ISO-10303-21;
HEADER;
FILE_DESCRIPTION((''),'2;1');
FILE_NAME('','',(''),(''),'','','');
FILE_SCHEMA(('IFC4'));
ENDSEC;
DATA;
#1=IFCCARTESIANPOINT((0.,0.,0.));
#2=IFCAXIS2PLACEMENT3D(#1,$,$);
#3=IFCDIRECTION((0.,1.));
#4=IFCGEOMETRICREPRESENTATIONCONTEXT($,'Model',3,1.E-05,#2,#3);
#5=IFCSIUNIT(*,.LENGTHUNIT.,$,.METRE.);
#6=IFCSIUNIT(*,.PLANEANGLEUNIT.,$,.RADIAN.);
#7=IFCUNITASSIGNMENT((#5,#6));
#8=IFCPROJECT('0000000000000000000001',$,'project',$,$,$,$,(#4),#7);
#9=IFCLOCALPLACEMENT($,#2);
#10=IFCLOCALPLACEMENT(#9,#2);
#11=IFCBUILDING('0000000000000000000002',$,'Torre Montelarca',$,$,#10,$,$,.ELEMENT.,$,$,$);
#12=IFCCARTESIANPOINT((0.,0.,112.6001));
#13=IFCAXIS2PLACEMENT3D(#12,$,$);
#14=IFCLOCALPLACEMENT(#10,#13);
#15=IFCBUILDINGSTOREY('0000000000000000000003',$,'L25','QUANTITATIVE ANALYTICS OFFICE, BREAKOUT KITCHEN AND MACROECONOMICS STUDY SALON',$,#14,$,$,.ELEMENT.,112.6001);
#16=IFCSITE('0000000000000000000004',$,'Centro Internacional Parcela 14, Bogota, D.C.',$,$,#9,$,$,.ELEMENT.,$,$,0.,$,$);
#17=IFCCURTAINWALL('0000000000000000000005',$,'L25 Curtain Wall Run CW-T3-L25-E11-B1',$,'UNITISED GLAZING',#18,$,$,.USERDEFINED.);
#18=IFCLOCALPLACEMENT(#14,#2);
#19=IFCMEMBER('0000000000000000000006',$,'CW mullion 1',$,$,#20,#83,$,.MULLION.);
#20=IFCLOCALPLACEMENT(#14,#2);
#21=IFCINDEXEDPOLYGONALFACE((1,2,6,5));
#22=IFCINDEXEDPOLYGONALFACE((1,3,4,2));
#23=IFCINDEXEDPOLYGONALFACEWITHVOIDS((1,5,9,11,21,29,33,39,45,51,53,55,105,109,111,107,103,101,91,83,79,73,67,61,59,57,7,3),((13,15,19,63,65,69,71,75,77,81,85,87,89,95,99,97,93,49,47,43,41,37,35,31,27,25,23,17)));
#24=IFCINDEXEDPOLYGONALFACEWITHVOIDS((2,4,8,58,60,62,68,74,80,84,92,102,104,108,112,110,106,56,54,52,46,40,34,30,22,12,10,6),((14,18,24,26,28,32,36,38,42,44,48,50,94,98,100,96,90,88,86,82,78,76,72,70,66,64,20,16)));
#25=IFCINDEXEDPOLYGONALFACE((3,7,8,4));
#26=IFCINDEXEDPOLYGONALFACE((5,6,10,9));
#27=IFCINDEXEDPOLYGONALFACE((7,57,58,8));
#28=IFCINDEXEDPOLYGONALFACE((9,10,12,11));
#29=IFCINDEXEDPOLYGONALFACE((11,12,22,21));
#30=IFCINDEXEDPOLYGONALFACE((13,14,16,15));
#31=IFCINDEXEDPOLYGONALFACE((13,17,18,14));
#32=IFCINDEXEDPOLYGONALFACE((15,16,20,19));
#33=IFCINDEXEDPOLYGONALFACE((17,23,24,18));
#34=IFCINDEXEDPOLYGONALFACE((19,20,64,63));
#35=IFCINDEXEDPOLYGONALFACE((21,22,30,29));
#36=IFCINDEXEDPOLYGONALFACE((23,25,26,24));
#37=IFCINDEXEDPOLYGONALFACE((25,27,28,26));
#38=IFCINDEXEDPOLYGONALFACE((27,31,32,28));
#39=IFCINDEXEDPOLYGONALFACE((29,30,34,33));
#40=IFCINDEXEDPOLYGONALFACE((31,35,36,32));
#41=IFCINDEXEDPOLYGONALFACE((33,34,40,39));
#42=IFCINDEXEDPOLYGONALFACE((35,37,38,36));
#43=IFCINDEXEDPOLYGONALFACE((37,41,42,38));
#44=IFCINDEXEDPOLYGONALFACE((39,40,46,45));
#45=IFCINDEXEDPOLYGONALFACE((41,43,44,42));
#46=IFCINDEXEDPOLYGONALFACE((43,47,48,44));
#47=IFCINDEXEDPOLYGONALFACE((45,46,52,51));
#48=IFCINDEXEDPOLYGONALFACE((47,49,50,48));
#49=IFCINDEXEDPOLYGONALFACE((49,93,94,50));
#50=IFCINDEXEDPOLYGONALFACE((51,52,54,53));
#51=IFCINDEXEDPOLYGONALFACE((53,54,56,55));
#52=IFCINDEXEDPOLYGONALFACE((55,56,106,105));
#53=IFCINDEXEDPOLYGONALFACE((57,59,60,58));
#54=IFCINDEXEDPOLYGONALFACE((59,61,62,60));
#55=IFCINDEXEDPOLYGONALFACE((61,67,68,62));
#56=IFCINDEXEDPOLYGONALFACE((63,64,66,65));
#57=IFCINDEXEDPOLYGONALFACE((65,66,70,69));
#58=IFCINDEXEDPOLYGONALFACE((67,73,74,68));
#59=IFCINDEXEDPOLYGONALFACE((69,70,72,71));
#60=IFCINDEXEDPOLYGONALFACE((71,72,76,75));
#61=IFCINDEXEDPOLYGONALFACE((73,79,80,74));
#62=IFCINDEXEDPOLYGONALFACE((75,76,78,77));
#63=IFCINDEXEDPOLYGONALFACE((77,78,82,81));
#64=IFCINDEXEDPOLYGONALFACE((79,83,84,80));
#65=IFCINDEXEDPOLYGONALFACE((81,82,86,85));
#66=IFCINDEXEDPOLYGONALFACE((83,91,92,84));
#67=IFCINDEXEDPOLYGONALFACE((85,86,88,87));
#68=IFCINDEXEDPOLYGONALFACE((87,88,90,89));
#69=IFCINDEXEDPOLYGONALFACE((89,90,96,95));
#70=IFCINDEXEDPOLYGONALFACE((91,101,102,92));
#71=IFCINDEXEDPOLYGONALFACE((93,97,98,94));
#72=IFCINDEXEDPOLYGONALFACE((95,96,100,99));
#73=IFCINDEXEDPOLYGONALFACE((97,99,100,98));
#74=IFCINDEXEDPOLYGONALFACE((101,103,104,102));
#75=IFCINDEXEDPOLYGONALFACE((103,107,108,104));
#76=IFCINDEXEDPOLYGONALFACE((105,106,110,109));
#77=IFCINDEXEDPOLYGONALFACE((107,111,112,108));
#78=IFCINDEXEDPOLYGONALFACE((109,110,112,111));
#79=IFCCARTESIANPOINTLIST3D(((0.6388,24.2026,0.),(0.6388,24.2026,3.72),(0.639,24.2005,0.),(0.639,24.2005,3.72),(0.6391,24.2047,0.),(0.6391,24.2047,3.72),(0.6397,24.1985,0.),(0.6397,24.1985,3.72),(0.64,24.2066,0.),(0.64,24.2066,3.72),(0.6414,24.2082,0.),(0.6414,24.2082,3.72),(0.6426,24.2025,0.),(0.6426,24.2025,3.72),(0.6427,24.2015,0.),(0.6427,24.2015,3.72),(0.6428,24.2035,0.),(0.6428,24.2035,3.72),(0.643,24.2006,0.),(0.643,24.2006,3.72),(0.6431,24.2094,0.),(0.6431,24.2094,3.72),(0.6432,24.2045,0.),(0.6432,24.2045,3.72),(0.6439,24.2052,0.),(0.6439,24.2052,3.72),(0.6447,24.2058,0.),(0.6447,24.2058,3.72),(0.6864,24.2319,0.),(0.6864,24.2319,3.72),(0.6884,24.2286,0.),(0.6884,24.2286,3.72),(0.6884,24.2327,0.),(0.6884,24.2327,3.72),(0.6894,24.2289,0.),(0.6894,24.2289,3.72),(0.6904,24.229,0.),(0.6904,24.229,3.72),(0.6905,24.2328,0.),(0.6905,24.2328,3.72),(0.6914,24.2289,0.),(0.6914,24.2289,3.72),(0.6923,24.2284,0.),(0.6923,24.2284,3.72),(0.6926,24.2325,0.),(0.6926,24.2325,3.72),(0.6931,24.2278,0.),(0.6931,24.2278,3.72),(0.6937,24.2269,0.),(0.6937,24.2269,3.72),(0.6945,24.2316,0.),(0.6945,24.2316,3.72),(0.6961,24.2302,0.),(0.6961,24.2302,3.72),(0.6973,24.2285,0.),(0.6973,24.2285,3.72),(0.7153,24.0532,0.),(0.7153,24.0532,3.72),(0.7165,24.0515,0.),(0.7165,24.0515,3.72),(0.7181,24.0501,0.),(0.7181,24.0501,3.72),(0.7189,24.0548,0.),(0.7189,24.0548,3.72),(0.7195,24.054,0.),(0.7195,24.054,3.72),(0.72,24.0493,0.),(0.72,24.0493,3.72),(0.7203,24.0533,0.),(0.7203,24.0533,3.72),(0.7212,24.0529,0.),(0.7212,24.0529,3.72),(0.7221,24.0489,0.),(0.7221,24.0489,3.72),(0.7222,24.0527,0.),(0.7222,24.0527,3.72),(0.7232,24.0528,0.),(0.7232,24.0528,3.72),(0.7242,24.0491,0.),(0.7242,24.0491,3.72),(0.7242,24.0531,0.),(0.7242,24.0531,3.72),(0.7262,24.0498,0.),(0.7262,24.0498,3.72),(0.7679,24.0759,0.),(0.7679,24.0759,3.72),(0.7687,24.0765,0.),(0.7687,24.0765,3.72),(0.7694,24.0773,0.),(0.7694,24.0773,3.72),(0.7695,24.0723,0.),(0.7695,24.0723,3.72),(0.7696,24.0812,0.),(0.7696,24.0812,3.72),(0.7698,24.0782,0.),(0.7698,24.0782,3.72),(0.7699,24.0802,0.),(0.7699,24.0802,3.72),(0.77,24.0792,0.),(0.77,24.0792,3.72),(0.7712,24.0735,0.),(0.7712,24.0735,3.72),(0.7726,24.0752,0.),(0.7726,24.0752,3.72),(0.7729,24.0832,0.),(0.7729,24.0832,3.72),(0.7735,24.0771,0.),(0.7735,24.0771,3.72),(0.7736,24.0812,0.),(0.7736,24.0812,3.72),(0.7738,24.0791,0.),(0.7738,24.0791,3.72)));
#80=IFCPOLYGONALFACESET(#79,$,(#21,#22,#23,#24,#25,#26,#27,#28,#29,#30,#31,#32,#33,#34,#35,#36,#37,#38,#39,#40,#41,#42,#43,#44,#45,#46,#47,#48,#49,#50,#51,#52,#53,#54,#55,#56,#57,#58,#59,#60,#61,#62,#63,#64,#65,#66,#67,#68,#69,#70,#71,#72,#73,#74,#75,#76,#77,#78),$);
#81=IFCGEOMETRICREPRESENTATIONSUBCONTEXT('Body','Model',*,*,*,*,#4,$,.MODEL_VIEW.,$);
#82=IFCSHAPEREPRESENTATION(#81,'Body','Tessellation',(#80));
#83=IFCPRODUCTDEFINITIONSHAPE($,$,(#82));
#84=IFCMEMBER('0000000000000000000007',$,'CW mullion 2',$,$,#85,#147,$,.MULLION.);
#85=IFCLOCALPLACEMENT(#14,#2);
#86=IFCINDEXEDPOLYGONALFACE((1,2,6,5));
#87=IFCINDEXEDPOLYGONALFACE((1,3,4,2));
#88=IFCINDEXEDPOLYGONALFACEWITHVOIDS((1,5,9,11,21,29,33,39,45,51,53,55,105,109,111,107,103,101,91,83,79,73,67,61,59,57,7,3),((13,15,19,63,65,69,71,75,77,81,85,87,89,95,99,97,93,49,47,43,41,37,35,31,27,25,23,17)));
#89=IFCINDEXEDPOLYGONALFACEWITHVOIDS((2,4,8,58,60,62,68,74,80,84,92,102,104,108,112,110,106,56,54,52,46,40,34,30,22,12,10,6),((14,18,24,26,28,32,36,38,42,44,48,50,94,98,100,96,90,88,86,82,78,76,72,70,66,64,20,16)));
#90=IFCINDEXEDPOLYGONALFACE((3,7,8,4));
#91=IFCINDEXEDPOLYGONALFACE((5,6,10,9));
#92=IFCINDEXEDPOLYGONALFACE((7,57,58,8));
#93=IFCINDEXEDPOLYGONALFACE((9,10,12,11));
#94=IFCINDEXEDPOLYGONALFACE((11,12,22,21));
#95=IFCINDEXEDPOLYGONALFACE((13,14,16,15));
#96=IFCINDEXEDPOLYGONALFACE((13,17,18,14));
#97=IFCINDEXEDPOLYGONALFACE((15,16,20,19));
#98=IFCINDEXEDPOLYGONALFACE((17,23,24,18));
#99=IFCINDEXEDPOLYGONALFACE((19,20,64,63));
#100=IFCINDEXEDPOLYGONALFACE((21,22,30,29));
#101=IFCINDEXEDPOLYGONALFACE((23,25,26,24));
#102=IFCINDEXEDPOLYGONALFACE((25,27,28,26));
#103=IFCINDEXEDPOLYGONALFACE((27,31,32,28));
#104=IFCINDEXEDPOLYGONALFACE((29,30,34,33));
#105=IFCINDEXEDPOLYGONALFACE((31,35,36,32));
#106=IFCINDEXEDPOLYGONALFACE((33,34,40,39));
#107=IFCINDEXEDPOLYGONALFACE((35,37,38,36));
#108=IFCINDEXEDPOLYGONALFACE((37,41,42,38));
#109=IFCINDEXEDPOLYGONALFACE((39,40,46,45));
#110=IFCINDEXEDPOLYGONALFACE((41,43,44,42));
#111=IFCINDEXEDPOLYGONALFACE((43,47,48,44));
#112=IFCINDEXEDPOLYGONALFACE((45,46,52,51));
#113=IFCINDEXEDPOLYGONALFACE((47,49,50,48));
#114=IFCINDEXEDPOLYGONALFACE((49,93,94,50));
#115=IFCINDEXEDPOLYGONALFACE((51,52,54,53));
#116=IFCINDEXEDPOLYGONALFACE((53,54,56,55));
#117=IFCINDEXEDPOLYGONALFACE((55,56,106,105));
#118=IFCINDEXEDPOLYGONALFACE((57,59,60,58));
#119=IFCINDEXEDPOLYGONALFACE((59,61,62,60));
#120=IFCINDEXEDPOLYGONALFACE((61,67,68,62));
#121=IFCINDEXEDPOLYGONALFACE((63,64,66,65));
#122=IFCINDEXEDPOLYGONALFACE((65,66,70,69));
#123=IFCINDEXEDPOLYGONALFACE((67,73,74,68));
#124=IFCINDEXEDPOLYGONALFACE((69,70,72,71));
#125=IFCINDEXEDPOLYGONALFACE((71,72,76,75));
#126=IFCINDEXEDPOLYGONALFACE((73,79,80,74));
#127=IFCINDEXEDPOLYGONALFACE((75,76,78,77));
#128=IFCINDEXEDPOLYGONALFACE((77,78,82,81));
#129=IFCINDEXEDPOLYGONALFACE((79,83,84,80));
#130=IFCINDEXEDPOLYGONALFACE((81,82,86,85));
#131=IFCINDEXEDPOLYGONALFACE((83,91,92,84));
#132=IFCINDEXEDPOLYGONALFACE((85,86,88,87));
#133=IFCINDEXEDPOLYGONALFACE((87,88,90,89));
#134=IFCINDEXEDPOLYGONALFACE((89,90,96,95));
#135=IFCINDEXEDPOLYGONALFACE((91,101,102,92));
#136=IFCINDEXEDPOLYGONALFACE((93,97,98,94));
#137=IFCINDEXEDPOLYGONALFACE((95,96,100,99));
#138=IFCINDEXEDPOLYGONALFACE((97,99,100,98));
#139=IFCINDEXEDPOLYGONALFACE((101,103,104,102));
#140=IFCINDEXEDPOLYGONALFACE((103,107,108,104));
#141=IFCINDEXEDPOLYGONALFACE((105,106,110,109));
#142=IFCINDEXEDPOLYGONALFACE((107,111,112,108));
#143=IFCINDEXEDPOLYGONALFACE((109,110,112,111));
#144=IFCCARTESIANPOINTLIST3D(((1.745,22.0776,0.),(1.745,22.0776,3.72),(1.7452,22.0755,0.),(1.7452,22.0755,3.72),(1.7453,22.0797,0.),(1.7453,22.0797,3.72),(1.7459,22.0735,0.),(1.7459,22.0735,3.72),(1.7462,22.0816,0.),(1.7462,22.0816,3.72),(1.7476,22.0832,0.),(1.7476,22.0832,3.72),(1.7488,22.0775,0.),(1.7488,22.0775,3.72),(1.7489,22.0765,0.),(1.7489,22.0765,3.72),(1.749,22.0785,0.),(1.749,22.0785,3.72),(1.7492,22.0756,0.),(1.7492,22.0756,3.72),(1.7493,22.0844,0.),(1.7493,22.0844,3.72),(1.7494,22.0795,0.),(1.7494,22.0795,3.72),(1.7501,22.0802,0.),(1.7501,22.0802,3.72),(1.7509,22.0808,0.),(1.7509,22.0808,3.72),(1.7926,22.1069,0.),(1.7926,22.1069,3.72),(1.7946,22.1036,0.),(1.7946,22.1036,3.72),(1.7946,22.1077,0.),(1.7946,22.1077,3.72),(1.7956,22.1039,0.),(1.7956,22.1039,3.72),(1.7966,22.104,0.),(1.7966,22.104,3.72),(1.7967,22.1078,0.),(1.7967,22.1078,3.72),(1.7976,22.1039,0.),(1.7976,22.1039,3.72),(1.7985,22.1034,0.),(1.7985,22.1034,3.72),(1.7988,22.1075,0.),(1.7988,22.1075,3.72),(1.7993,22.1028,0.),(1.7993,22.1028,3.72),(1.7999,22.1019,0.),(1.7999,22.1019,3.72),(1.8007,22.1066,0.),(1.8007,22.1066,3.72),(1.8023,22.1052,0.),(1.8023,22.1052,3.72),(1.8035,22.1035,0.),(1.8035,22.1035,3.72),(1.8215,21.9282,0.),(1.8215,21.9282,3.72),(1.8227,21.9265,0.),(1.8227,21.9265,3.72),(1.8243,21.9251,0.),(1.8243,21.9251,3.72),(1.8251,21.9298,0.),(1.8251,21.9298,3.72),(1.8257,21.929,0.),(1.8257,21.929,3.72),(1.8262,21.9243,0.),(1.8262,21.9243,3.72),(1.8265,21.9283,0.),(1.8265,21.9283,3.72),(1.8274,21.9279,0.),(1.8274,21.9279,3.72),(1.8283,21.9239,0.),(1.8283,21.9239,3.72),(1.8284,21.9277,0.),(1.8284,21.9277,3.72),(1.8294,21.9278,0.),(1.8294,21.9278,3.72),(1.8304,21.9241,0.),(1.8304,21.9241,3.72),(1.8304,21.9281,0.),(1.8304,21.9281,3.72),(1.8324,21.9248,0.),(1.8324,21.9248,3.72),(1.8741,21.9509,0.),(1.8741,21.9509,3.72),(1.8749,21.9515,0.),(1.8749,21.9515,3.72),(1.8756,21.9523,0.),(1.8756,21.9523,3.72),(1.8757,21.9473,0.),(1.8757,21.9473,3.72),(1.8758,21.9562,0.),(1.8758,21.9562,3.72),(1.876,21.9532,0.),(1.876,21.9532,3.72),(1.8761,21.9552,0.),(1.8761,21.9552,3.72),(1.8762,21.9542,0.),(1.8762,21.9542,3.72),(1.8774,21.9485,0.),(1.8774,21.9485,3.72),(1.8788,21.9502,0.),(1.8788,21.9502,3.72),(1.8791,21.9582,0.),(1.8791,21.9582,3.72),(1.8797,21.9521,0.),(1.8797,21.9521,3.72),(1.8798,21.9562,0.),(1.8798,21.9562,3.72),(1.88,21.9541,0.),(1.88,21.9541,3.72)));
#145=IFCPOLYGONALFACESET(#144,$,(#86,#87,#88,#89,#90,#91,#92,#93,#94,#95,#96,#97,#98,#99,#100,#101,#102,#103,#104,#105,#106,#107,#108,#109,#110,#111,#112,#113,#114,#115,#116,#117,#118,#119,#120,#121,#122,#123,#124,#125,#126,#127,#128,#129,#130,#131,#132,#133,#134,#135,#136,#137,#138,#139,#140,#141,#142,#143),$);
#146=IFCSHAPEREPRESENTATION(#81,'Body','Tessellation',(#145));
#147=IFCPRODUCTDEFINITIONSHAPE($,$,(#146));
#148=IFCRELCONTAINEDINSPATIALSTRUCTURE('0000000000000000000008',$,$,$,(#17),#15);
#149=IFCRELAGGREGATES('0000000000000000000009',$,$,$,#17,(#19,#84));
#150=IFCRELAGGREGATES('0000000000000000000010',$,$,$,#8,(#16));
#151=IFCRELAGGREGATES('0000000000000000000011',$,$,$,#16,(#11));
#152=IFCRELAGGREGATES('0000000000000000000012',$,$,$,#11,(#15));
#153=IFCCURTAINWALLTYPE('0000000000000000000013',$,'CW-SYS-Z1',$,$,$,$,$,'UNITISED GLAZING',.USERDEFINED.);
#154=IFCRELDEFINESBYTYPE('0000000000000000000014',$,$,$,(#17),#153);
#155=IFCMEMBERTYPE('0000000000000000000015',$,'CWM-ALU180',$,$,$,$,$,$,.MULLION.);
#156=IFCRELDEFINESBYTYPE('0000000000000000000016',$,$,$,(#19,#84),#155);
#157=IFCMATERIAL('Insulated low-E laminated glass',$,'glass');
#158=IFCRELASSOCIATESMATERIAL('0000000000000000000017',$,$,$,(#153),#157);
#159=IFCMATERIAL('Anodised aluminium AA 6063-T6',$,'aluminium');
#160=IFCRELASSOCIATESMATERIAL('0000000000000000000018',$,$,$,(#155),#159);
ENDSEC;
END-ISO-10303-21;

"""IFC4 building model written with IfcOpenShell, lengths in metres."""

from ifc_helpers import new_model, si_unit, direction, frame, origin, origin_2d, place, context, subcontext, project, spatial, hollow_rectangle, extrude, source, transform, mapped, material, material_profile, profile_set, type_object, element, aggregate, save


model = new_model("IFC4")

# Units and contexts
model_context = context("Model", 3, precision=1e-05, world=origin(), true_north=direction((0.0, 1.0)))
body_context = subcontext(model_context, "Body", "Model", "MODEL_VIEW")
ifc_project = project(units=[si_unit("LENGTHUNIT", "METRE"), si_unit("PLANEANGLEUNIT", "RADIAN")], contexts=[model_context])

# Site, building, storey
site_placement = place(None, origin())
site = spatial("IfcSite", under=ifc_project, at=site_placement, Name="Centro Internacional Parcela 14, Bogota, D.C.", CompositionType="ELEMENT", RefElevation=0.0)
building_placement = place(site_placement, origin())
building = spatial("IfcBuilding", under=site, at=building_placement, Name="Torre Montelarca", CompositionType="ELEMENT")
storey_placement = place(building_placement, frame((0.0, 0.0, 112.6001)))
storey = spatial("IfcBuildingStorey", under=building, at=storey_placement, Name="L25", Description="QUANTITATIVE ANALYTICS OFFICE, BREAKOUT KITCHEN AND MACROECONOMICS STUDY SALON", CompositionType="ELEMENT", Elevation=112.6001)

# Curtain wall
ifc_material_1 = material(Name="Insulated low-E laminated glass", Category="glass")
curtain_wall_type = type_object("IfcCurtainWallType", Name="CW-SYS-Z1", ElementType="UNITISED GLAZING", PredefinedType="USERDEFINED", material=ifc_material_1)
ifc_material_2 = material(Name="Anodised aluminium AA 6063-T6", Category="aluminium")
curtain_wall_1_placement = place(storey_placement, origin())
curtain_wall_1 = element("IfcCurtainWall", 1, at=curtain_wall_1_placement, inside=storey, type_object=curtain_wall_type, Name="L25 Curtain Wall Run CW-T3-L25-E11-B1", ObjectType="UNITISED GLAZING", PredefinedType="USERDEFINED")

# Members
ifc_material_profile_1 = material_profile(ifc_material_2, hollow_rectangle(XDim=0.0649, YDim=0.1799, WallThickness=0.0039, InnerFilletRadius=0.0039, OuterFilletRadius=0.0081, at=origin_2d()), Name="ALU65X180X4", Category="aluminium")
ifc_profile_set_1 = profile_set([ifc_material_profile_1], Name="Anodised aluminium AA 6063-T6")
member_type_1 = type_object("IfcMemberType", Name="CWM-ALU180", PredefinedType="MULLION", material=ifc_profile_set_1)
shared_shape_1 = source(origin(), body_context, "Body", "SweptSolid", [
    extrude(hollow_rectangle(XDim=0.0649, YDim=0.1799, WallThickness=0.0039, InnerFilletRadius=0.0039, OuterFilletRadius=0.0081, at=origin_2d()), origin(), (0.0, 0.0, 1.0), 3.72),
])
member_1_placement = place(storey_placement, frame((0.7063, 24.1409, 0.0), z_axis=(0.0, 0.0, 1.0), x_axis=(0.88701, 0.46175, 0.0)))
member_1 = element("IfcMember", 2, at=member_1_placement, type_object=member_type_1, Name="CW mullion 1", PredefinedType="MULLION", context=body_context, shape_type="MappedRepresentation", body=[
    mapped(shared_shape_1, transform((0.0, 0.0, 0.0), scale=1.0)),
])
member_2_placement = place(storey_placement, frame((1.8125, 22.0159, 0.0), z_axis=(0.0, 0.0, 1.0), x_axis=(0.88701, 0.46175, 0.0)))
member_2 = element("IfcMember", 3, at=member_2_placement, type_object=member_type_1, Name="CW mullion 2", PredefinedType="MULLION", context=body_context, shape_type="MappedRepresentation", body=[
    mapped(shared_shape_1, transform((0.0, 0.0, 0.0), scale=1.0)),
])

aggregate(curtain_wall_1, [member_1, member_2])

save(model, "model.ifc")
